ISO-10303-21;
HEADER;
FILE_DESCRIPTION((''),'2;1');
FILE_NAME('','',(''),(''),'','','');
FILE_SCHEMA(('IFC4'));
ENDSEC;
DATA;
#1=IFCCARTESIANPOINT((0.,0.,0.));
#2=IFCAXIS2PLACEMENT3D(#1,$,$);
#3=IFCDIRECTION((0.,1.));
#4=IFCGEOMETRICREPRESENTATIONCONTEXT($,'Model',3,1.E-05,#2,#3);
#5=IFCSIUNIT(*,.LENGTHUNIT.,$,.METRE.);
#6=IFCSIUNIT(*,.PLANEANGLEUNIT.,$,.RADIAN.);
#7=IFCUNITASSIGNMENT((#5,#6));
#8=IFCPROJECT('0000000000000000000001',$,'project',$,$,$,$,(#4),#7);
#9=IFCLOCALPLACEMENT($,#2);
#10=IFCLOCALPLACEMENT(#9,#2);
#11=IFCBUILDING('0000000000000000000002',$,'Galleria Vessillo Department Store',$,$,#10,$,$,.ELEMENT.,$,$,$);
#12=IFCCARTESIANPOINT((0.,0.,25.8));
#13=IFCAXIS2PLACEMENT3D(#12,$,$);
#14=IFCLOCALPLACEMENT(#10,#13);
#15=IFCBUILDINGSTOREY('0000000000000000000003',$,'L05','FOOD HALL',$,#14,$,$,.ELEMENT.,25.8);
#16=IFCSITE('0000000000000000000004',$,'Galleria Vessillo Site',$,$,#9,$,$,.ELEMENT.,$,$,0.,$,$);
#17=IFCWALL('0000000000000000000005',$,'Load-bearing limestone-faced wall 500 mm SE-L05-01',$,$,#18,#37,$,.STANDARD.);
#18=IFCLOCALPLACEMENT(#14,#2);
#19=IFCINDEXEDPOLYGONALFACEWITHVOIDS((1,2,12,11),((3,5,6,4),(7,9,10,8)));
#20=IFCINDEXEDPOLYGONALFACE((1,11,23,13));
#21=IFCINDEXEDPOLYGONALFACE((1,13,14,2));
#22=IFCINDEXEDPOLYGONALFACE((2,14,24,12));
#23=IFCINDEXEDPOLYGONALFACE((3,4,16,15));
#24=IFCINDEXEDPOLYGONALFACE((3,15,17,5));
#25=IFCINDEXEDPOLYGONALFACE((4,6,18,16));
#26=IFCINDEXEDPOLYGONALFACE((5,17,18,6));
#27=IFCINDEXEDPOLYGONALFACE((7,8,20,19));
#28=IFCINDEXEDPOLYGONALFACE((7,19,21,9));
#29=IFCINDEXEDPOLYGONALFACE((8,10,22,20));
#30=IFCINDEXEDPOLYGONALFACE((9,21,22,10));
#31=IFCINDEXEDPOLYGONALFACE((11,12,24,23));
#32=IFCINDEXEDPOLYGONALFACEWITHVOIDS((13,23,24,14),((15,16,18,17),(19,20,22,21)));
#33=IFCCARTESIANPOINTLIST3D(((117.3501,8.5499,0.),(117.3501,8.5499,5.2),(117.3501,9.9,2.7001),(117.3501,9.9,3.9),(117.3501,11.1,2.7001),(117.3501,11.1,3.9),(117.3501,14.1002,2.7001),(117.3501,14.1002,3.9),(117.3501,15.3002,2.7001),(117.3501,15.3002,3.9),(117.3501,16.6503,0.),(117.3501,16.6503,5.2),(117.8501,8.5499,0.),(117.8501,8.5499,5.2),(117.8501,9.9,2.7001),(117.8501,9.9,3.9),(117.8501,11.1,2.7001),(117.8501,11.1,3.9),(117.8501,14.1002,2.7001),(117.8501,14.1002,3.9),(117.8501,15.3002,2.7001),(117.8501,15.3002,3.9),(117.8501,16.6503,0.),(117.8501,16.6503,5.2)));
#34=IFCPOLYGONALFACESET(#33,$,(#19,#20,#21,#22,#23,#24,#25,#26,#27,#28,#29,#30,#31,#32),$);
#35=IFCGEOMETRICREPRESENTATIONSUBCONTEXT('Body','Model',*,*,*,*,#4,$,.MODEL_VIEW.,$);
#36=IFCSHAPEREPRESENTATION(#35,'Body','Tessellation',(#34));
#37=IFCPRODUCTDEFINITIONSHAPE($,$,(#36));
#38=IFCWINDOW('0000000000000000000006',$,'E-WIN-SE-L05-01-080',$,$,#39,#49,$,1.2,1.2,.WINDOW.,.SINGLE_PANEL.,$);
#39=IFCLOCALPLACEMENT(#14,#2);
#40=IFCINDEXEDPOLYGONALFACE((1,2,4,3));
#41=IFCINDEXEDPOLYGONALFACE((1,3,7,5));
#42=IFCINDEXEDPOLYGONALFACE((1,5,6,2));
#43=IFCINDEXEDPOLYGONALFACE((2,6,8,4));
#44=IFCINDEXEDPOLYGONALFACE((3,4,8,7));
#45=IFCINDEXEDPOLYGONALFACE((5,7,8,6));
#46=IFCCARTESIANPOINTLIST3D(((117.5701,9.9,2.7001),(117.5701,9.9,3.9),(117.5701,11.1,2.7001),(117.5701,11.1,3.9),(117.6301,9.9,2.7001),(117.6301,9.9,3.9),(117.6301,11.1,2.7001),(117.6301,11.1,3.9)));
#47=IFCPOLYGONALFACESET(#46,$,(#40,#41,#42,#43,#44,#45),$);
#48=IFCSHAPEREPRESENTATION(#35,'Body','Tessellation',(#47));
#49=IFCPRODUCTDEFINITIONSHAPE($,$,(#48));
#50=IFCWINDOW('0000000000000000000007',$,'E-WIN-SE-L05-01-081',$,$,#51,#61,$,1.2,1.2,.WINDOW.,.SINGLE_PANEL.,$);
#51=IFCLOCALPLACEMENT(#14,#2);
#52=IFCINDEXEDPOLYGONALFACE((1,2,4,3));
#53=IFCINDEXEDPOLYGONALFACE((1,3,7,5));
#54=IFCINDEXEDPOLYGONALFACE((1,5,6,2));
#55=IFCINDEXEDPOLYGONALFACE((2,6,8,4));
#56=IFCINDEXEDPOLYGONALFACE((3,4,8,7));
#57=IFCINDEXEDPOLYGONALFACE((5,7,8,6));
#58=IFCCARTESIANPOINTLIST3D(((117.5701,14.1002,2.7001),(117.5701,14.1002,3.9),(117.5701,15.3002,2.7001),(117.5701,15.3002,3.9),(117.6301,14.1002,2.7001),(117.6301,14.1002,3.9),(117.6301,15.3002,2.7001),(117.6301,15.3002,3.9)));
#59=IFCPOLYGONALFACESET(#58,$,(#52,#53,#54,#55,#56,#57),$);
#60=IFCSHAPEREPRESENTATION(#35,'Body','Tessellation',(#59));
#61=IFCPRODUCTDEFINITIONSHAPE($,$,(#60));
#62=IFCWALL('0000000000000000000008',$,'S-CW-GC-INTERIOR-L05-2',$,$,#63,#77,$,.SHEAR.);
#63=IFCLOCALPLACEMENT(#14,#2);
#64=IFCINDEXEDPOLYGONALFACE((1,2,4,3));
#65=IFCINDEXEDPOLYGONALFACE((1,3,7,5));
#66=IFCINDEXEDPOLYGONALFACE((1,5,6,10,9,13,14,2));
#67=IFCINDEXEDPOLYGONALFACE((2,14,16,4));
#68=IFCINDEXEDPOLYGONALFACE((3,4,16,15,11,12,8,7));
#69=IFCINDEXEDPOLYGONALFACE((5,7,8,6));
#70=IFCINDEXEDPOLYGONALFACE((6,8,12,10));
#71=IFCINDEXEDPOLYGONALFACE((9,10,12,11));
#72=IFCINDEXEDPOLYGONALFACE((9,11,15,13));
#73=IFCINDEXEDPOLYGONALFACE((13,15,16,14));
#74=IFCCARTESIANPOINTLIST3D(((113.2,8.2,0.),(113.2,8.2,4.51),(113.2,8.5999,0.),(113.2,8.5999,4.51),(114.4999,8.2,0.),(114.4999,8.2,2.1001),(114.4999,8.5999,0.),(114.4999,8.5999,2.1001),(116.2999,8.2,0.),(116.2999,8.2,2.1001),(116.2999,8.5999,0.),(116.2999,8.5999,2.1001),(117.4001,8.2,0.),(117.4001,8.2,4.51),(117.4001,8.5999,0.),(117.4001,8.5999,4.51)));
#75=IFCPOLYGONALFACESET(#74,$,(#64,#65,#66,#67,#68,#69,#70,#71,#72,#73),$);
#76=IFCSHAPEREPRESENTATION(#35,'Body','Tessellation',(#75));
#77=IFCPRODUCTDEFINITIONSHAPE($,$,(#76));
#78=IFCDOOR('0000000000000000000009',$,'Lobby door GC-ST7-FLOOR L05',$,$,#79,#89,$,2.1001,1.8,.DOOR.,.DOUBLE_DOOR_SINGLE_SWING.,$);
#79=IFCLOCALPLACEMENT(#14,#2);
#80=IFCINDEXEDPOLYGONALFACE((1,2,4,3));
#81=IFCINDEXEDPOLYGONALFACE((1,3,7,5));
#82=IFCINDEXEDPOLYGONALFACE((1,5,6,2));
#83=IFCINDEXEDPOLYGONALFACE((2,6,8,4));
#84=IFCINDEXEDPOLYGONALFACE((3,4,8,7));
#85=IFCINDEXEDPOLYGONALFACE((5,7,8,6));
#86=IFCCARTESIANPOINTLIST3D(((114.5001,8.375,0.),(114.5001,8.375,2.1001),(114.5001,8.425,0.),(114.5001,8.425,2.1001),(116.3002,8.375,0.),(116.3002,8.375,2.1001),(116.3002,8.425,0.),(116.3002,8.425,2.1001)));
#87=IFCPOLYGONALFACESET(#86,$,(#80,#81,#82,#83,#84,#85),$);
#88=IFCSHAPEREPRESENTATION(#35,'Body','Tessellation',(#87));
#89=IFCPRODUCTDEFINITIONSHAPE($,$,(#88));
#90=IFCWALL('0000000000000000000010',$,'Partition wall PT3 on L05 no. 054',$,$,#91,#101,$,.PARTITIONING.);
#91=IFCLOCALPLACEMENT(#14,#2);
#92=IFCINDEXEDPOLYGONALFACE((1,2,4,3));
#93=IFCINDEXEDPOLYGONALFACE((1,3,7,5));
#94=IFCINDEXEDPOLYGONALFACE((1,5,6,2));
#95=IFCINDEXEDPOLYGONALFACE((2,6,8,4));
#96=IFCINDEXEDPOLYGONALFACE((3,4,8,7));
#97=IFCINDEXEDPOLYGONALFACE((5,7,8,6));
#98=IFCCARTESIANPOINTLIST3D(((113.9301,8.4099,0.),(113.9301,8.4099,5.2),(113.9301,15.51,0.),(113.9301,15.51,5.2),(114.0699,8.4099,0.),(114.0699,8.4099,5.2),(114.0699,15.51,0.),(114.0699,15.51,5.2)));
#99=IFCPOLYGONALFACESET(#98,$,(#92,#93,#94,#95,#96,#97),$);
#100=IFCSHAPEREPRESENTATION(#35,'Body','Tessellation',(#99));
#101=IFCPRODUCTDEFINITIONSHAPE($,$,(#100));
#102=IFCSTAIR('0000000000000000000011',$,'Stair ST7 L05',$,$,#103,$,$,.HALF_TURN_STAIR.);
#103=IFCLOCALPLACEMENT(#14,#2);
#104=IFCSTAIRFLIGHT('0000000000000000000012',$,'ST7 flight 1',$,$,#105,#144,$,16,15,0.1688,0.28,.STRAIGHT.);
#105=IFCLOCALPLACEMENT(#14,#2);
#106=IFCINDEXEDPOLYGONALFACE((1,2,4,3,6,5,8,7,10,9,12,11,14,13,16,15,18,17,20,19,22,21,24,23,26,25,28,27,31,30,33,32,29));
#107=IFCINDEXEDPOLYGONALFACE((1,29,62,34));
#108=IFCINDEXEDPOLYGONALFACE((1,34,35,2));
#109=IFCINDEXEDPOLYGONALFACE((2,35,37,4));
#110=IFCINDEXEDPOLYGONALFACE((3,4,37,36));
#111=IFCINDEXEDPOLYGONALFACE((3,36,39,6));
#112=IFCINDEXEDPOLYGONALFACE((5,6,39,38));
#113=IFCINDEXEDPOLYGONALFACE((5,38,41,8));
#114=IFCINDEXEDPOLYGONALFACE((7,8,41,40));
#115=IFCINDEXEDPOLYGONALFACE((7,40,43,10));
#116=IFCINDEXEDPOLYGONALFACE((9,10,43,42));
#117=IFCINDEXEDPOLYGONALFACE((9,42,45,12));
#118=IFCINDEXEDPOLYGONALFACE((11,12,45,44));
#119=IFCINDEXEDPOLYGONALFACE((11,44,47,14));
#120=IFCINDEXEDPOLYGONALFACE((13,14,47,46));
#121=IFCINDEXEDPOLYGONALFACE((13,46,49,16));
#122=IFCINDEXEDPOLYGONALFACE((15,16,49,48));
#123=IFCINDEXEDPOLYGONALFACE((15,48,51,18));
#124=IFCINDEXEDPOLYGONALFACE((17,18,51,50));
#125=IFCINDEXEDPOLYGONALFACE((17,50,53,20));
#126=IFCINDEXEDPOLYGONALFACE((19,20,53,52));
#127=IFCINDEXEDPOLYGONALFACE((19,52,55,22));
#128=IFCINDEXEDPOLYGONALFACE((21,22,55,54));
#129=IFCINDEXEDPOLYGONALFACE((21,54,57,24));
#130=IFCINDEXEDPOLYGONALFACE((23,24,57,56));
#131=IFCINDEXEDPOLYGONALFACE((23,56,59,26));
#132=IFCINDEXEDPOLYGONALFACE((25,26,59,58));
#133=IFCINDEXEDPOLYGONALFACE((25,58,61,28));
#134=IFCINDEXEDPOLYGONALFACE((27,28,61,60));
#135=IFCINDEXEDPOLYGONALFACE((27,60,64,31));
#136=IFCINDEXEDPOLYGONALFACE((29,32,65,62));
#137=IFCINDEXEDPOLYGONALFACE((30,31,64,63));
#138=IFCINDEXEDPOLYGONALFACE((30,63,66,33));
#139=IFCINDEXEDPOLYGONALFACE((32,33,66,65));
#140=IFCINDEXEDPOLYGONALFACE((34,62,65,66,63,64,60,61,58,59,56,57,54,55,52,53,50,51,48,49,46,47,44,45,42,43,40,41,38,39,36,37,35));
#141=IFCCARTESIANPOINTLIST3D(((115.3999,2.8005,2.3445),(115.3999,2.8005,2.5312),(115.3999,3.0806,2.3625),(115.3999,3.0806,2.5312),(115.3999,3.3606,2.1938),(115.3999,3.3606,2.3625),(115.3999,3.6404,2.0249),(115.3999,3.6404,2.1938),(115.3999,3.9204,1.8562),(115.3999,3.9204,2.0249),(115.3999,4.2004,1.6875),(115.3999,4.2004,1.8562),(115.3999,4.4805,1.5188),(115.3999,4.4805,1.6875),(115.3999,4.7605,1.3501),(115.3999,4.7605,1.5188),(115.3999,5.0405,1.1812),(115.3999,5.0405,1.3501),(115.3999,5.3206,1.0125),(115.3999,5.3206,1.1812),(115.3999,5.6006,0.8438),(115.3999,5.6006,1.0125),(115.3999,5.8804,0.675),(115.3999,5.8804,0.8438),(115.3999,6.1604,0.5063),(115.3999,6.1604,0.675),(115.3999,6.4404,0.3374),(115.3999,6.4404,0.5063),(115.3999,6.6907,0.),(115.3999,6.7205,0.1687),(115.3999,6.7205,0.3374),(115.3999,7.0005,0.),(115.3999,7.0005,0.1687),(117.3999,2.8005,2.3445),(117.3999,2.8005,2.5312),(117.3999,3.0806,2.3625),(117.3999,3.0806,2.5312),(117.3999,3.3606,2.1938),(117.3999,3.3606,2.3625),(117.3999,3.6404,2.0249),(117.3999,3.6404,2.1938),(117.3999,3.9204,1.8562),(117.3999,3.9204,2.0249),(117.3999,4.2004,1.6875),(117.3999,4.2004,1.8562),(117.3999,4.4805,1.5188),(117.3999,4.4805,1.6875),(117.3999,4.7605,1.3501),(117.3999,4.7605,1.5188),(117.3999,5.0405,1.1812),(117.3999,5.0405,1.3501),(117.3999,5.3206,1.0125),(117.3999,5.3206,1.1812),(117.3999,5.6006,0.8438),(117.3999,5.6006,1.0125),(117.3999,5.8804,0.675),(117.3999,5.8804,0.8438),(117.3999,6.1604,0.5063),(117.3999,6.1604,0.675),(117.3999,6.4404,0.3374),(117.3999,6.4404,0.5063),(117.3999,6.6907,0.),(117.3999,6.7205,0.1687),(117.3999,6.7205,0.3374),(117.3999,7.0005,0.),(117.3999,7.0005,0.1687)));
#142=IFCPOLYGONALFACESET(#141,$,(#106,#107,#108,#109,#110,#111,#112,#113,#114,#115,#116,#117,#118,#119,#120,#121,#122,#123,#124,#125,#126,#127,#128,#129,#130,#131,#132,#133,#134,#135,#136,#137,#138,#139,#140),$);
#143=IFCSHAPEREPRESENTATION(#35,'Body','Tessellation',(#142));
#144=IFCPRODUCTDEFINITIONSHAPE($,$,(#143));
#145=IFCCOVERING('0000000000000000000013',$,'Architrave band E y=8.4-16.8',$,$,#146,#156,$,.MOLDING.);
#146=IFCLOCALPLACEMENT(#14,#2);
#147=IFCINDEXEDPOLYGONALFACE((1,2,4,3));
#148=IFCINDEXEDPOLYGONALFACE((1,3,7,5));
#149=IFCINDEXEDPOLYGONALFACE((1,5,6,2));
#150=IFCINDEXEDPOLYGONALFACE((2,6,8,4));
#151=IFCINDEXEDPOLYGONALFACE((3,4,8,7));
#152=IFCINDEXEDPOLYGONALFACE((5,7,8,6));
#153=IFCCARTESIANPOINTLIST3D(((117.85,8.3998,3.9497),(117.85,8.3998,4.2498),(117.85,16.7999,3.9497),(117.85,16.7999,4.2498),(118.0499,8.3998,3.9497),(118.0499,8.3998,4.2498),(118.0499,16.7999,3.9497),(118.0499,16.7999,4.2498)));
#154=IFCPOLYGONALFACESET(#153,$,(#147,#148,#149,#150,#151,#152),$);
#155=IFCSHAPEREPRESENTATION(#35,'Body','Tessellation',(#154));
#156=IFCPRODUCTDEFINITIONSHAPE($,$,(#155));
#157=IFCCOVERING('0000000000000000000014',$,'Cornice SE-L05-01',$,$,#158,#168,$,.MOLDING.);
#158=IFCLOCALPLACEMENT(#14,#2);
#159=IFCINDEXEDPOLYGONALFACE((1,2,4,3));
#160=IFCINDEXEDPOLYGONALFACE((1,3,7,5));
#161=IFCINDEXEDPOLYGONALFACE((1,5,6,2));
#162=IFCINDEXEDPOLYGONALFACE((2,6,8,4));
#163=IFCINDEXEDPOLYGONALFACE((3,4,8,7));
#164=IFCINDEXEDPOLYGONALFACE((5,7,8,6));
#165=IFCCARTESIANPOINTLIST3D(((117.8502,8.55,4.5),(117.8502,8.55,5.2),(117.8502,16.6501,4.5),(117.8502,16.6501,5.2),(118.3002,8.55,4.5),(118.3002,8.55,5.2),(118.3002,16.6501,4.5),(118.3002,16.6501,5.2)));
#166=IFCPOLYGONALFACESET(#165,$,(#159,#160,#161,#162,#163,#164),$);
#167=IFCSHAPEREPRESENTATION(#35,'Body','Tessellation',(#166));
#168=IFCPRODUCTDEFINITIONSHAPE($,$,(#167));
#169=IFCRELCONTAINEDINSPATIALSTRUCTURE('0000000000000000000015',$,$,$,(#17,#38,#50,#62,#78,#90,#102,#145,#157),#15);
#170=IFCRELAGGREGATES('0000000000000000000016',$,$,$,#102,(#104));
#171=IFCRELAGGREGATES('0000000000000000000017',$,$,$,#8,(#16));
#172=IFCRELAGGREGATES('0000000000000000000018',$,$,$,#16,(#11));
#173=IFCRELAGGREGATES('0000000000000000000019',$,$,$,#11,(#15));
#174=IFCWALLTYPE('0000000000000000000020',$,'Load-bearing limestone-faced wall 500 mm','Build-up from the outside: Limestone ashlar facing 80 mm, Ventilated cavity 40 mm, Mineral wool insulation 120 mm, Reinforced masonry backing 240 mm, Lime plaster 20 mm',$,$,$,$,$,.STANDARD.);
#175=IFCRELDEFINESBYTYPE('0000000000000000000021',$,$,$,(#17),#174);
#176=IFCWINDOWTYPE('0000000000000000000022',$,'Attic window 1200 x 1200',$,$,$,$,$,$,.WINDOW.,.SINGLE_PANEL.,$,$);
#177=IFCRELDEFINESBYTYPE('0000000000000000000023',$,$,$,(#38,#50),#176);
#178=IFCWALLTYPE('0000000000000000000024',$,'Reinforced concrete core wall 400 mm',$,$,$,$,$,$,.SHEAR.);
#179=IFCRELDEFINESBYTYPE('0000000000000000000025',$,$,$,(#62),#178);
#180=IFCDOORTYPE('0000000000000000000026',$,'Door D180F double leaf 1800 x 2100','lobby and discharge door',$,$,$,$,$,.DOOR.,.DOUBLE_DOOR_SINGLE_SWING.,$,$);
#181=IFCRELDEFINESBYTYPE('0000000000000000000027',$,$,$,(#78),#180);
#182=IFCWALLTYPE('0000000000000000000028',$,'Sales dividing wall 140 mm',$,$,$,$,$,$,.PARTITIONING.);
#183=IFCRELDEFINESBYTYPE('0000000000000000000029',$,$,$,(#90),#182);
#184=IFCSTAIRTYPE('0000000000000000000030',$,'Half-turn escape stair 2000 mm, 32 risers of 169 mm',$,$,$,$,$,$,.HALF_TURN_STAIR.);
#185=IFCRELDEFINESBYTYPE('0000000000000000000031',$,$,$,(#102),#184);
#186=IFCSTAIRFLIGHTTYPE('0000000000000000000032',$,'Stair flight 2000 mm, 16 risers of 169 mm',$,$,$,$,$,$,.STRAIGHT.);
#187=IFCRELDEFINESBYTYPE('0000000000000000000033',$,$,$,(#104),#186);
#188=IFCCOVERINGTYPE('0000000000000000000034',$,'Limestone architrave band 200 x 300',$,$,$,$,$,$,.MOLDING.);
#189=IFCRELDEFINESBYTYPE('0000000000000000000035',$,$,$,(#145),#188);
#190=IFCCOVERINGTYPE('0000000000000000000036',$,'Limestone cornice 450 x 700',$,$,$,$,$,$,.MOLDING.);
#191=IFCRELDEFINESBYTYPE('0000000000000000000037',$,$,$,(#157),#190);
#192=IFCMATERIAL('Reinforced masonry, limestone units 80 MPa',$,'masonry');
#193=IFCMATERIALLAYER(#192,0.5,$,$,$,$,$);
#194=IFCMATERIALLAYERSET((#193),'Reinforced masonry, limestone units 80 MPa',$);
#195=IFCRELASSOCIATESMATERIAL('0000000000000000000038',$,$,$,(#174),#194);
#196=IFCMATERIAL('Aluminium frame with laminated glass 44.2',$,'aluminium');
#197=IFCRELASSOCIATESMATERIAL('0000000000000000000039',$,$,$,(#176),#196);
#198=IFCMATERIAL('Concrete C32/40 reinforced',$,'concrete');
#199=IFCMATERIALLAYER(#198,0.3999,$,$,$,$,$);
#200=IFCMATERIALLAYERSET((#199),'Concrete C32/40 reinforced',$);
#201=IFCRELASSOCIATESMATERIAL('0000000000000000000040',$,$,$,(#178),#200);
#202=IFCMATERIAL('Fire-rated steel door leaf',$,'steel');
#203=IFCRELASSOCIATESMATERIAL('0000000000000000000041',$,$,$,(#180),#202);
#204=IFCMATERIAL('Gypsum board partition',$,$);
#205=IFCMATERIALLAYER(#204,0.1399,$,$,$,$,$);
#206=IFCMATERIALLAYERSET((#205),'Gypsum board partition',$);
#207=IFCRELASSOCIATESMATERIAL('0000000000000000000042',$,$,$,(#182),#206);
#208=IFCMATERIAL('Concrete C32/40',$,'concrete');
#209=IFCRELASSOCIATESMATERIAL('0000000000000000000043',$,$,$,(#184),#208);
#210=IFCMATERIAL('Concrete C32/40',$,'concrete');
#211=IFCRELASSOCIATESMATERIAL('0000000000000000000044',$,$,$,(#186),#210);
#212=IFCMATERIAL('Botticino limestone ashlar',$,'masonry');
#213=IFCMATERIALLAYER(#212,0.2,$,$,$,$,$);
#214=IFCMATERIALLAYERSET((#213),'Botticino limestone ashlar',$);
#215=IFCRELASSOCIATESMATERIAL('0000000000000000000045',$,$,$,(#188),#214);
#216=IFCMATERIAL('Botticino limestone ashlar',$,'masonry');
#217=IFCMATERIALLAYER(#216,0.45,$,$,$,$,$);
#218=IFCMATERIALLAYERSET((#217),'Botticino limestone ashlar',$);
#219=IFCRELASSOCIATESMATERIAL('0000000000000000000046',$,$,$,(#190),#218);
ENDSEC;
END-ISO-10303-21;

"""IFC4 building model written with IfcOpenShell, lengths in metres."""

from ifc_helpers import new_model, si_unit, direction, frame, frame_2d, origin, origin_2d, place, context, subcontext, project, spatial, polyline, rectangle, outline, extrude, material, layer, layer_set, type_object, element, fill, aggregate, save


model = new_model("IFC4")

# Units and contexts
model_context = context("Model", 3, precision=1e-05, world=origin(), true_north=direction((0.0, 1.0)))
body_context = subcontext(model_context, "Body", "Model", "MODEL_VIEW")
ifc_project = project(units=[si_unit("LENGTHUNIT", "METRE"), si_unit("PLANEANGLEUNIT", "RADIAN")], contexts=[model_context])

# Site, building, storey
site_placement = place(None, origin())
site = spatial("IfcSite", under=ifc_project, at=site_placement, Name="Galleria Vessillo Site", CompositionType="ELEMENT", RefElevation=0.0)
building_placement = place(site_placement, origin())
building = spatial("IfcBuilding", under=site, at=building_placement, Name="Galleria Vessillo Department Store", CompositionType="ELEMENT")
storey_placement = place(building_placement, frame((0.0, 0.0, 25.8)))
storey = spatial("IfcBuildingStorey", under=building, at=storey_placement, Name="L05", Description="FOOD HALL", CompositionType="ELEMENT", Elevation=25.8)

# Wall, openings, windows
ifc_material_1 = material(Name="Reinforced masonry, limestone units 80 MPa", Category="masonry")
ifc_layer_1 = layer(ifc_material_1, 0.5)
ifc_layer_set_1 = layer_set([ifc_layer_1], Name="Reinforced masonry, limestone units 80 MPa")
wall_type_1 = type_object("IfcWallType", Name="Load-bearing limestone-faced wall 500 mm", Description="Build-up from the outside: Limestone ashlar facing 80 mm, Ventilated cavity 40 mm, Mineral wool insulation 120 mm, Reinforced masonry backing 240 mm, Lime plaster 20 mm", PredefinedType="STANDARD", material=ifc_layer_set_1)
wall_1_placement = place(storey_placement, frame((117.6001, 8.5498, 0.0), z_axis=(0.0, 0.0, 1.0), x_axis=(0.0, 1.0, 0.0)))
wall_1 = element("IfcWall", 1, at=wall_1_placement, inside=storey, type_object=wall_type_1, Name="Load-bearing limestone-faced wall 500 mm SE-L05-01", PredefinedType="STANDARD", context=body_context, shape_type="SweptSolid", body=[
    extrude(rectangle(XDim=8.1003, YDim=0.5, at=frame_2d((4.0503, 0.0))), origin(), (0.0, 0.0, 1.0), 5.2),
])
opening_1_placement = place(wall_1_placement, frame((1.3501, 0.0, 2.7)))
opening_1 = element("IfcOpeningElement", 2, at=opening_1_placement, cuts=wall_1, PredefinedType="OPENING", context=body_context, shape_type="SweptSolid", body=[
    extrude(rectangle(XDim=1.2, YDim=1.2, at=frame_2d((0.6001, 0.6001))), frame((0.0, 0.26, 0.0), z_axis=(0.0, -1.0, 0.0), x_axis=(1.0, 0.0, 0.0)), (0.0, 0.0, 1.0), 0.52),
])
opening_2_placement = place(wall_1_placement, frame((5.5503, 0.0, 2.7)))
opening_2 = element("IfcOpeningElement", 3, at=opening_2_placement, cuts=wall_1, PredefinedType="OPENING", context=body_context, shape_type="SweptSolid", body=[
    extrude(rectangle(XDim=1.2, YDim=1.2, at=frame_2d((0.6001, 0.6001))), frame((0.0, 0.26, 0.0), z_axis=(0.0, -1.0, 0.0), x_axis=(1.0, 0.0, 0.0)), (0.0, 0.0, 1.0), 0.52),
])
ifc_material_2 = material(Name="Aluminium frame with laminated glass 44.2", Category="aluminium")
window_type = type_object("IfcWindowType", Name="Attic window 1200 x 1200", PartitioningType="SINGLE_PANEL", PredefinedType="WINDOW", material=ifc_material_2)
window_1_placement = place(opening_1_placement, origin())
window_1 = element("IfcWindow", 4, at=window_1_placement, inside=storey, type_object=window_type, Name="E-WIN-SE-L05-01-080", OverallHeight=1.2, OverallWidth=1.2, PartitioningType="SINGLE_PANEL", PredefinedType="WINDOW", context=body_context, shape_type="SweptSolid", body=[
    extrude(rectangle(XDim=1.2, YDim=1.2, at=frame_2d((0.6001, 0.6001))), frame((0.0, 0.03, 0.0), z_axis=(0.0, -1.0, 0.0), x_axis=(1.0, 0.0, 0.0)), (0.0, 0.0, 1.0), 0.0601),
])
fill(opening_1, window_1)
window_2_placement = place(opening_2_placement, origin())
window_2 = element("IfcWindow", 5, at=window_2_placement, inside=storey, type_object=window_type, Name="E-WIN-SE-L05-01-081", OverallHeight=1.2, OverallWidth=1.2, PartitioningType="SINGLE_PANEL", PredefinedType="WINDOW", context=body_context, shape_type="SweptSolid", body=[
    extrude(rectangle(XDim=1.2, YDim=1.2, at=frame_2d((0.6001, 0.6001))), frame((0.0, 0.03, 0.0), z_axis=(0.0, -1.0, 0.0), x_axis=(1.0, 0.0, 0.0)), (0.0, 0.0, 1.0), 0.0601),
])
fill(opening_2, window_2)

# Wall, opening, door
ifc_material_3 = material(Name="Concrete C32/40 reinforced", Category="concrete")
ifc_layer_2 = layer(ifc_material_3, 0.3999)
ifc_layer_set_2 = layer_set([ifc_layer_2], Name="Concrete C32/40 reinforced")
wall_type_2 = type_object("IfcWallType", Name="Reinforced concrete core wall 400 mm", PredefinedType="SHEAR", material=ifc_layer_set_2)
wall_2_placement = place(storey_placement, frame((113.2, 8.3999, 0.0), z_axis=(0.0, 0.0, 1.0), x_axis=(1.0, 0.0, 0.0)))
wall_2 = element("IfcWall", 6, at=wall_2_placement, inside=storey, type_object=wall_type_2, Name="S-CW-GC-INTERIOR-L05-2", PredefinedType="SHEAR", context=body_context, shape_type="SweptSolid", body=[
    extrude(rectangle(XDim=4.2002, YDim=0.3999, at=frame_2d((2.1001, 0.0))), origin(), (0.0, 0.0, 1.0), 4.51),
])
opening_3_placement = place(wall_2_placement, frame((1.3, 0.0, 0.0)))
opening_3 = element("IfcOpeningElement", 7, at=opening_3_placement, cuts=wall_2, PredefinedType="OPENING", context=body_context, shape_type="SweptSolid", body=[
    extrude(rectangle(XDim=1.8, YDim=2.1001, at=frame_2d((0.8999, 1.05))), frame((0.0, 0.21, 0.0), z_axis=(0.0, -1.0, 0.0), x_axis=(1.0, 0.0, 0.0)), (0.0, 0.0, 1.0), 0.4199),
])
ifc_material_4 = material(Name="Fire-rated steel door leaf", Category="steel")
door_type = type_object("IfcDoorType", Name="Door D180F double leaf 1800 x 2100", Description="lobby and discharge door", OperationType="DOUBLE_DOOR_SINGLE_SWING", PredefinedType="DOOR", material=ifc_material_4)
door_placement = place(opening_3_placement, frame((1.8, 0.0, 0.0), z_axis=(0.0, 0.0, 1.0), x_axis=(-1.0, 0.0, 0.0)))
door = element("IfcDoor", 8, at=door_placement, inside=storey, type_object=door_type, Name="Lobby door GC-ST7-FLOOR L05", OperationType="DOUBLE_DOOR_SINGLE_SWING", OverallHeight=2.1001, OverallWidth=1.8, PredefinedType="DOOR", context=body_context, shape_type="SweptSolid", body=[
    extrude(rectangle(XDim=1.8, YDim=2.1001, at=frame_2d((0.8999, 1.05))), frame((0.0, 0.0249, 0.0), z_axis=(0.0, -1.0, 0.0), x_axis=(1.0, 0.0, 0.0)), (0.0, 0.0, 1.0), 0.05),
])
fill(opening_3, door)

# Wall
ifc_material_5 = material(Name="Gypsum board partition")
ifc_layer_3 = layer(ifc_material_5, 0.1399)
ifc_layer_set_3 = layer_set([ifc_layer_3], Name="Gypsum board partition")
wall_type_3 = type_object("IfcWallType", Name="Sales dividing wall 140 mm", PredefinedType="PARTITIONING", material=ifc_layer_set_3)
wall_3_placement = place(storey_placement, frame((114.0, 8.4099, 0.0), z_axis=(0.0, 0.0, 1.0), x_axis=(0.0, 1.0, 0.0)))
element("IfcWall", 9, at=wall_3_placement, inside=storey, type_object=wall_type_3, Name="Partition wall PT3 on L05 no. 054", PredefinedType="PARTITIONING", context=body_context, shape_type="SweptSolid", body=[
    extrude(rectangle(XDim=7.1001, YDim=0.1399, at=frame_2d((3.55, 0.0))), origin(), (0.0, 0.0, 1.0), 5.2),
])

# Stair, stair flight
ifc_material_6 = material(Name="Concrete C32/40", Category="concrete")
stair_type = type_object("IfcStairType", Name="Half-turn escape stair 2000 mm, 32 risers of 169 mm", PredefinedType="HALF_TURN_STAIR", material=ifc_material_6)
stair_placement = place(storey_placement, origin())
stair = element("IfcStair", 10, at=stair_placement, inside=storey, type_object=stair_type, Name="Stair ST7 L05", PredefinedType="HALF_TURN_STAIR")
ifc_material_7 = material(Name="Concrete C32/40", Category="concrete")
stair_flight_type = type_object("IfcStairFlightType", Name="Stair flight 2000 mm, 16 risers of 169 mm", PredefinedType="STRAIGHT", material=ifc_material_7)
stair_flight_placement = place(storey_placement, frame((116.3999, 7.0005, 0.0), z_axis=(0.0, 0.0, 1.0), x_axis=(0.0, -1.0, 0.0)))
stair_flight = element("IfcStairFlight", 11, at=stair_flight_placement, type_object=stair_flight_type, Name="ST7 flight 1", NumberOfRisers=16, NumberOfTreads=15, PredefinedType="STRAIGHT", RiserHeight=0.1688, TreadLength=0.28, context=body_context, shape_type="SweptSolid", body=[
    extrude(outline(polyline([(0.0, 0.0), (0.0, 0.1687), (0.28, 0.1687), (0.28, 0.3374), (0.5601, 0.3374), (0.5601, 0.5063), (0.8401, 0.5063), (0.8401, 0.675), (1.1201, 0.675), (1.1201, 0.8438), (1.3999, 0.8438), (1.3999, 1.0125), (1.6799, 1.0125), (1.6799, 1.1812), (1.96, 1.1812), (1.96, 1.3501), (2.24, 1.3501), (2.24, 1.5188), (2.52, 1.5188), (2.52, 1.6875), (2.8, 1.6875), (2.8, 1.8562), (3.0801, 1.8562), (3.0801, 2.0249), (3.3601, 2.0249), (3.3601, 2.1938), (3.6399, 2.1938), (3.6399, 2.3625), (3.9199, 2.3625), (3.9199, 2.5312), (4.2, 2.5312), (4.2, 2.7), (4.2, 2.3445), (0.3098, 0.0), (0.0, 0.0)])), frame((0.0, 1.0, 0.0), z_axis=(0.0, -1.0, 0.0), x_axis=(1.0, 0.0, 0.0)), (0.0, 0.0, 1.0), 2.0),
])
aggregate(stair, [stair_flight])

# Coverings
ifc_material_8 = material(Name="Botticino limestone ashlar", Category="masonry")
ifc_layer_4 = layer(ifc_material_8, 0.2)
ifc_layer_set_4 = layer_set([ifc_layer_4], Name="Botticino limestone ashlar")
covering_type_1 = type_object("IfcCoveringType", Name="Limestone architrave band 200 x 300", PredefinedType="MOLDING", material=ifc_layer_set_4)
covering_1_placement = place(storey_placement, frame((117.95, 12.5999, 3.9497), z_axis=(0.0, 0.0, 1.0), x_axis=(1.0, 0.0, 0.0)))
element("IfcCovering", 12, at=covering_1_placement, inside=storey, type_object=covering_type_1, Name="Architrave band E y=8.4-16.8", PredefinedType="MOLDING", context=body_context, shape_type="SweptSolid", body=[
    extrude(rectangle(XDim=0.2, YDim=8.4001, at=origin_2d()), origin(), (0.0, 0.0, 1.0), 0.3),
])
ifc_material_9 = material(Name="Botticino limestone ashlar", Category="masonry")
ifc_layer_5 = layer(ifc_material_9, 0.45)
ifc_layer_set_5 = layer_set([ifc_layer_5], Name="Botticino limestone ashlar")
covering_type_2 = type_object("IfcCoveringType", Name="Limestone cornice 450 x 700", PredefinedType="MOLDING", material=ifc_layer_set_5)
covering_2_placement = place(storey_placement, frame((118.0752, 12.6001, 4.5), z_axis=(0.0, 0.0, 1.0), x_axis=(1.0, 0.0, 0.0)))
element("IfcCovering", 13, at=covering_2_placement, inside=storey, type_object=covering_type_2, Name="Cornice SE-L05-01", PredefinedType="MOLDING", context=body_context, shape_type="SweptSolid", body=[
    extrude(rectangle(XDim=0.45, YDim=8.1001, at=origin_2d()), origin(), (0.0, 0.0, 1.0), 0.7),
])

save(model, "model.ifc")
